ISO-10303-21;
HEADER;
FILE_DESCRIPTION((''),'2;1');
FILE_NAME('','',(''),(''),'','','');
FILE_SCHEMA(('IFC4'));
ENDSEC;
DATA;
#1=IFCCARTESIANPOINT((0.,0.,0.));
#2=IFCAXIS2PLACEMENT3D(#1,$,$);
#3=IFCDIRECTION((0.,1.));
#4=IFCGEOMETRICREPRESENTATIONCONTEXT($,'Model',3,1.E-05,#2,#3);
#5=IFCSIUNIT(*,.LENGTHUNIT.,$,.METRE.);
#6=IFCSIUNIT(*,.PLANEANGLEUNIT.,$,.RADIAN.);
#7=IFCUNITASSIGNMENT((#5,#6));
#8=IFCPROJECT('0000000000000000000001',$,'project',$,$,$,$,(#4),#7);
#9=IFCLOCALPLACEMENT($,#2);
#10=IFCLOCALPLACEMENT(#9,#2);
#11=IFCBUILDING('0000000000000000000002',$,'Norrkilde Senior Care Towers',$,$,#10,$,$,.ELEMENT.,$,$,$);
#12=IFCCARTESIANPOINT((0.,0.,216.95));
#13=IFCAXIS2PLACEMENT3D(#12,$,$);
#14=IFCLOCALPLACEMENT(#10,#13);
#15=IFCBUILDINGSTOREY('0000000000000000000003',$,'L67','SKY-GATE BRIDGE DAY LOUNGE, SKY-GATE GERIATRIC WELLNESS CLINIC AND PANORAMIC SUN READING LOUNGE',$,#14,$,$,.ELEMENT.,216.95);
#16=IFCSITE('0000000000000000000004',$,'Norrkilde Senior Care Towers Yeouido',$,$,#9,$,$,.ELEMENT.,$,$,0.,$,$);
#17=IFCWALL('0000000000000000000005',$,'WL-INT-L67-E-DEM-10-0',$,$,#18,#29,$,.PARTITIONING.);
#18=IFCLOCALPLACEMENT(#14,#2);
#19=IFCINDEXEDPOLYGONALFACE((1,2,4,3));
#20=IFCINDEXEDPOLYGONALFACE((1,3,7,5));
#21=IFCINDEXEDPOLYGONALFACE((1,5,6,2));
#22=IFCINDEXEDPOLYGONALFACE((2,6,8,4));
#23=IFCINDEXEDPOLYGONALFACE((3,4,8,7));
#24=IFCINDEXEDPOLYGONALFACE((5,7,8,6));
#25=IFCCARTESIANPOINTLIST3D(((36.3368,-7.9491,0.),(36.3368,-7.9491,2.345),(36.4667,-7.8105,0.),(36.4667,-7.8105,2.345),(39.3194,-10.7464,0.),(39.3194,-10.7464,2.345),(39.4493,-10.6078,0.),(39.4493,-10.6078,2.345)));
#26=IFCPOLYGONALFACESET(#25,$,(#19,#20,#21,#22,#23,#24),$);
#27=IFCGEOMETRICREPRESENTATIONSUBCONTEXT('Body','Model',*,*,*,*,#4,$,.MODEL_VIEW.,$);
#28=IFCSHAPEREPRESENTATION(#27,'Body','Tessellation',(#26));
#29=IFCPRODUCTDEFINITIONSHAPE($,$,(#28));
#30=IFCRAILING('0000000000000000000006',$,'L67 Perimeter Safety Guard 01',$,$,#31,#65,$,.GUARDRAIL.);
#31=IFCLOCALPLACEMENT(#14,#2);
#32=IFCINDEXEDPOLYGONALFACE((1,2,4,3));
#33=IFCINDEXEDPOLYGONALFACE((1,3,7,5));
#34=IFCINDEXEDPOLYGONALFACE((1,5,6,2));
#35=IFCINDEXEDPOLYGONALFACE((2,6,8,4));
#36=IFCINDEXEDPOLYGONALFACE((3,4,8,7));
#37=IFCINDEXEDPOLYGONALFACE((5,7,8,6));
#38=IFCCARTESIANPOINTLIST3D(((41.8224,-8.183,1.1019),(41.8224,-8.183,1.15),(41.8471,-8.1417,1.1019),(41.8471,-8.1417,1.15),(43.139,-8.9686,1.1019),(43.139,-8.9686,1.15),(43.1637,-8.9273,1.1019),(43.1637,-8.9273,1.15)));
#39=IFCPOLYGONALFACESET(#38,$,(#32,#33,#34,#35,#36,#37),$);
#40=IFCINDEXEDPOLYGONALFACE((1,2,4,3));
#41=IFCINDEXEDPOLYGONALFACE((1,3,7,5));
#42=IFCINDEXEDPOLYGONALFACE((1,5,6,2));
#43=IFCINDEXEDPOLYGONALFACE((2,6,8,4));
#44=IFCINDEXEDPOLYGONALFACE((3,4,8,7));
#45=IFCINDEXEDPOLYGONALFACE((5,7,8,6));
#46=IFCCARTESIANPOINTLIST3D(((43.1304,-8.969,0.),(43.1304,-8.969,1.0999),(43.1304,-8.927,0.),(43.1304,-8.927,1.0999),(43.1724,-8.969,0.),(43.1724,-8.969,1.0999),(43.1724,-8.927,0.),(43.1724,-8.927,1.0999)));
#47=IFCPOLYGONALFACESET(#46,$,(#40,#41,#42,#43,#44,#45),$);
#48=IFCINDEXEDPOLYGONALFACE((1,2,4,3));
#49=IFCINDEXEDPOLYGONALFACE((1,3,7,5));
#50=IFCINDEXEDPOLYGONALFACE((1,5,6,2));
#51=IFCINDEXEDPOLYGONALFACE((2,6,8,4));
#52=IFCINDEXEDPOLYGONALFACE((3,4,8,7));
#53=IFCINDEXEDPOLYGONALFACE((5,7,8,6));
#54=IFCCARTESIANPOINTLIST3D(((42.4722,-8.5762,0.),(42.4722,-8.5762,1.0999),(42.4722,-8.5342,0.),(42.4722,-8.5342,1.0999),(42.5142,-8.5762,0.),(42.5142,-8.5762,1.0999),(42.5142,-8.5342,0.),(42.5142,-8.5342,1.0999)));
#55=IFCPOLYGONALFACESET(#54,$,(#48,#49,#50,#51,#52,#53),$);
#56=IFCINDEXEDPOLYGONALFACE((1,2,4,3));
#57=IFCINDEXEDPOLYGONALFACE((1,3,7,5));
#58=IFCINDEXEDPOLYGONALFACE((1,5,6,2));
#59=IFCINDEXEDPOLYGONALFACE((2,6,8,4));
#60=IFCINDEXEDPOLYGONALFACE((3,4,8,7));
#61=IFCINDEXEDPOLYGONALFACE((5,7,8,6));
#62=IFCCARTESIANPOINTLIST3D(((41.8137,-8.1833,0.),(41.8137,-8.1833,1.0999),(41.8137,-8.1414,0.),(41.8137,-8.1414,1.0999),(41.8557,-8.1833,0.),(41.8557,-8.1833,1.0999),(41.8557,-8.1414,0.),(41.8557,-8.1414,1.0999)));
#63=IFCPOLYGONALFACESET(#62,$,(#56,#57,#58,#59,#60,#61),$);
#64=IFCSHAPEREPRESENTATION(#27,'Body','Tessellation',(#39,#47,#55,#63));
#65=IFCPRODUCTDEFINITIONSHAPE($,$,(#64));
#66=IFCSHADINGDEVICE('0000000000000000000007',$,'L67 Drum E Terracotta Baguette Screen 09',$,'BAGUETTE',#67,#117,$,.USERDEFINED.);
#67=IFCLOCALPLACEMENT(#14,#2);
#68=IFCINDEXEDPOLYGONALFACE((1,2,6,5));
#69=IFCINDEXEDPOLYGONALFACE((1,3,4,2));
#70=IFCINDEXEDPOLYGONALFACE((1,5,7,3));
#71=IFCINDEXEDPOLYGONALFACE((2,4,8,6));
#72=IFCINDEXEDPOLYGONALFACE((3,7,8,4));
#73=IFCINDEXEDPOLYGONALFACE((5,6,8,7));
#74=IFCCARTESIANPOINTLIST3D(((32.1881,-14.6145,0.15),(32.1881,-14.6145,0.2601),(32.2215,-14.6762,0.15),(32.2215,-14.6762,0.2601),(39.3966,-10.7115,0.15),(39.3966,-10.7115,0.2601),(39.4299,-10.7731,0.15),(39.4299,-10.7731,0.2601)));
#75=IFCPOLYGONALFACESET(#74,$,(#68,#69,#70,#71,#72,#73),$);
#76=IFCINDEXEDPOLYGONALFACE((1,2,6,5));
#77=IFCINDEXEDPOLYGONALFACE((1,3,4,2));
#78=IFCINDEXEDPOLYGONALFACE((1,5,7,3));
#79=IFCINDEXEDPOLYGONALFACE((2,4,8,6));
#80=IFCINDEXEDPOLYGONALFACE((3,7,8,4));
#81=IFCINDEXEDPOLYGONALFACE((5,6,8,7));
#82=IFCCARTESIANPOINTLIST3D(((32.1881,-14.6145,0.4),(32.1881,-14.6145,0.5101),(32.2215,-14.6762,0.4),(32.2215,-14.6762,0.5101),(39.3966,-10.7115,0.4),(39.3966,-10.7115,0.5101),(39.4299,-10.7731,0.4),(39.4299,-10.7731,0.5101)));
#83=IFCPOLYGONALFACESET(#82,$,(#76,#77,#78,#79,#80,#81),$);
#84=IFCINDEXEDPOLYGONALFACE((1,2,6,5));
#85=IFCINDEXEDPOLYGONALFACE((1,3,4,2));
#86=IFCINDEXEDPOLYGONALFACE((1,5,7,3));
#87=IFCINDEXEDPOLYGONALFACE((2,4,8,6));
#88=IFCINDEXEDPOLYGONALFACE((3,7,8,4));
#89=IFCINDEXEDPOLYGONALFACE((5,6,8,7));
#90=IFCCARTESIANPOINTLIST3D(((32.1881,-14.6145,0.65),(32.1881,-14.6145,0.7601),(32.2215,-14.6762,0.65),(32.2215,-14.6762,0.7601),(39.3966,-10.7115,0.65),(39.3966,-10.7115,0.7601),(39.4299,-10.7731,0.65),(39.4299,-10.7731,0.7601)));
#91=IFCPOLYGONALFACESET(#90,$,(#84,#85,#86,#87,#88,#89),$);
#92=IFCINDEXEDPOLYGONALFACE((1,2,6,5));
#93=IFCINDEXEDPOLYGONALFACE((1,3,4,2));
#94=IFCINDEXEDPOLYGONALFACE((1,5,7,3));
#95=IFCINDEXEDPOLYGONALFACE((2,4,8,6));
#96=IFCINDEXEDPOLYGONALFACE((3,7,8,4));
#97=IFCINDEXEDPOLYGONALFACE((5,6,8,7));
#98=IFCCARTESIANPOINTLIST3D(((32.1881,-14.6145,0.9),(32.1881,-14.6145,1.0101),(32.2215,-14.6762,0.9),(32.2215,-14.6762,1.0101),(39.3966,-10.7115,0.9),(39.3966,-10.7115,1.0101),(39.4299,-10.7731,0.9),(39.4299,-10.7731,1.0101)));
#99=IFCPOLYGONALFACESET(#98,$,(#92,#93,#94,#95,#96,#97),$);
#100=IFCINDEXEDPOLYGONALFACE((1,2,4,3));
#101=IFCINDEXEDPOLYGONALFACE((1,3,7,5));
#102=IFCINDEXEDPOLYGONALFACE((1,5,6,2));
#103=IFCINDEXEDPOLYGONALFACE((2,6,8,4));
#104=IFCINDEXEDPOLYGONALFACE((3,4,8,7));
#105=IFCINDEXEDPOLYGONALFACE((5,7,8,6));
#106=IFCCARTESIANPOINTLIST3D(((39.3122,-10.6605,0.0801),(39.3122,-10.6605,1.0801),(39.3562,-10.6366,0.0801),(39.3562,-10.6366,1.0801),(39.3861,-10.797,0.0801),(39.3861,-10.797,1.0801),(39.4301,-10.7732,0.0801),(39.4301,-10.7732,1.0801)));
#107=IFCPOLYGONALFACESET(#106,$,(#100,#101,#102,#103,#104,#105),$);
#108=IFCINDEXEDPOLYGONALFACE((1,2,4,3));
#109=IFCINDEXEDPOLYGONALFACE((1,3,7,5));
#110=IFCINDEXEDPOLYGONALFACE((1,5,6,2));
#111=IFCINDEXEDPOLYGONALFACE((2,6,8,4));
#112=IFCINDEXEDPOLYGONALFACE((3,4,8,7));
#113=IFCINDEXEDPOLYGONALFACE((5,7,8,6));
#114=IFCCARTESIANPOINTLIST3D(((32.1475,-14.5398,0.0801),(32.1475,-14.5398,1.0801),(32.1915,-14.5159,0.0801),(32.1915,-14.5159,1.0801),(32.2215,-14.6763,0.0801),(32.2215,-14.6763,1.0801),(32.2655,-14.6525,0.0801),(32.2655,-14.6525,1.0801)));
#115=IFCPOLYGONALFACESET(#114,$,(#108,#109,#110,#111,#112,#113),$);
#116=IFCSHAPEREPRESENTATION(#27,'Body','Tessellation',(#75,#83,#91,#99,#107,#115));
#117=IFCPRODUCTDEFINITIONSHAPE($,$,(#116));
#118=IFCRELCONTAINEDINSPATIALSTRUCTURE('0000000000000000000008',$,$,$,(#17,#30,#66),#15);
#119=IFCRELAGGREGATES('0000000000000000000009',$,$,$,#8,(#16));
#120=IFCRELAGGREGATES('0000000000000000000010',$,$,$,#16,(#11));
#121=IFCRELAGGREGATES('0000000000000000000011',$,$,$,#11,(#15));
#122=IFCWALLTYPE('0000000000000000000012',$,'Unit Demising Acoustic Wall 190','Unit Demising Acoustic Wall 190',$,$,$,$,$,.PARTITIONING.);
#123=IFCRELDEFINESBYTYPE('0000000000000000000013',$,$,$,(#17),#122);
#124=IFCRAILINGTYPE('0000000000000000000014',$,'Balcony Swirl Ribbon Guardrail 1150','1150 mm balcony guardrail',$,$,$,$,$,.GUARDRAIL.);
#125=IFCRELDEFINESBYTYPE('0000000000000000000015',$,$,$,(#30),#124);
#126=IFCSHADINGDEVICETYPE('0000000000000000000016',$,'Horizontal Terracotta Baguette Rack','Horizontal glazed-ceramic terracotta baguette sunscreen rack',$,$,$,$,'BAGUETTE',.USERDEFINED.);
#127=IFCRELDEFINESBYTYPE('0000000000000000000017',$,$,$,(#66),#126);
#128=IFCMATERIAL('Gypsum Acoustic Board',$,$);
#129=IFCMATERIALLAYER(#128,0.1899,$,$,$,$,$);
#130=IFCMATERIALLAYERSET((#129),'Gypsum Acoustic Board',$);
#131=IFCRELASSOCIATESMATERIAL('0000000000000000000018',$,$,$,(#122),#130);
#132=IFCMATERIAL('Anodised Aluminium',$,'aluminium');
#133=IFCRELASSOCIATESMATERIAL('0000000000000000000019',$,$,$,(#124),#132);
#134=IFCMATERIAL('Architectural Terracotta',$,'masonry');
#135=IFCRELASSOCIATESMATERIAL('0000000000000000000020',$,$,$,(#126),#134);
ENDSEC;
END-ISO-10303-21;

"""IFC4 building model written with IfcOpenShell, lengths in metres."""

from ifc_helpers import new_model, si_unit, direction, frame, frame_2d, origin, origin_2d, place, context, subcontext, project, spatial, rectangle, extrude, source, transform, mapped, material, layer, layer_set, type_object, type_shapes, element, save


model = new_model("IFC4")

# Units and contexts
model_context = context("Model", 3, precision=1e-05, world=origin(), true_north=direction((0.0, 1.0)))
body_context = subcontext(model_context, "Body", "Model", "MODEL_VIEW")
ifc_project = project(units=[si_unit("LENGTHUNIT", "METRE"), si_unit("PLANEANGLEUNIT", "RADIAN")], contexts=[model_context])

# Site, building, storey
site_placement = place(None, origin())
site = spatial("IfcSite", under=ifc_project, at=site_placement, Name="Norrkilde Senior Care Towers Yeouido", CompositionType="ELEMENT", RefElevation=0.0)
building_placement = place(site_placement, origin())
building = spatial("IfcBuilding", under=site, at=building_placement, Name="Norrkilde Senior Care Towers", CompositionType="ELEMENT")
storey_placement = place(building_placement, frame((0.0, 0.0, 216.95)))
storey = spatial("IfcBuildingStorey", under=building, at=storey_placement, Name="L67", Description="SKY-GATE BRIDGE DAY LOUNGE, SKY-GATE GERIATRIC WELLNESS CLINIC AND PANORAMIC SUN READING LOUNGE", CompositionType="ELEMENT", Elevation=216.95)

# Shared definitions
ifc_material_1 = material(Name="Anodised Aluminium", Category="aluminium")

# Shared definitions
ifc_material_2 = material(Name="Gypsum Acoustic Board")

# Wall
ifc_layer_1 = layer(ifc_material_2, 0.1899)
ifc_layer_set_1 = layer_set([ifc_layer_1], Name="Gypsum Acoustic Board")
wall_type_1 = type_object("IfcWallType", Name="Unit Demising Acoustic Wall 190", Description="Unit Demising Acoustic Wall 190", PredefinedType="PARTITIONING", material=ifc_layer_set_1)
shared_shape_1 = source(origin(), body_context, "Body", "SweptSolid", [
    extrude(rectangle(XDim=4.0891, YDim=0.1899, at=frame_2d((2.0444, 0.0))), origin(), (0.0, 0.0, 1.0), 2.345),
])
type_shapes(wall_type_1, [shared_shape_1])
wall_1_placement = place(storey_placement, frame((36.4019, -7.8799, 0.0), z_axis=(0.0, 0.0, 1.0), x_axis=(0.729401, -0.684086, 0.0)))
element("IfcWall", 1, at=wall_1_placement, inside=storey, type_object=wall_type_1, Name="WL-INT-L67-E-DEM-10-0", PredefinedType="PARTITIONING", context=body_context, shape_type="MappedRepresentation", body=[
    mapped(shared_shape_1, transform((0.0, 0.0, 0.0), x_axis=(1.0, 0.0, 0.0), y_axis=(0.0, 1.0, 0.0), z_axis=(0.0, 0.0, 1.0), scale=1.0)),
])

# Railing
railing_type = type_object("IfcRailingType", Name="Balcony Swirl Ribbon Guardrail 1150", Description="1150 mm balcony guardrail", PredefinedType="GUARDRAIL", material=ifc_material_1)
railing_placement = place(storey_placement, frame((43.1514, -8.948, 0.0)))
element("IfcRailing", 2, at=railing_placement, inside=storey, type_object=railing_type, Name="L67 Perimeter Safety Guard 01", PredefinedType="GUARDRAIL", context=body_context, shape_type="SweptSolid", body=[
    extrude(rectangle(XDim=0.0481, YDim=0.0481, at=origin_2d()), frame((0.0, 0.0, 1.126), z_axis=(-0.858741, 0.51241, 0.0), x_axis=(-0.51241, -0.858741, 0.0)), (0.0, 0.0, 1.0), 1.5332),
    extrude(rectangle(XDim=0.042, YDim=0.042, at=origin_2d()), origin(), (0.0, 0.0, 1.0), 1.0999),
    extrude(rectangle(XDim=0.042, YDim=0.042, at=origin_2d()), frame((-0.6582, 0.3928, 0.0)), (0.0, 0.0, 1.0), 1.0999),
    extrude(rectangle(XDim=0.042, YDim=0.042, at=origin_2d()), frame((-1.3167, 0.7856, 0.0)), (0.0, 0.0, 1.0), 1.0999),
])

# Shading device
ifc_material_3 = material(Name="Architectural Terracotta", Category="masonry")
shading_device_type = type_object("IfcShadingDeviceType", Name="Horizontal Terracotta Baguette Rack", Description="Horizontal glazed-ceramic terracotta baguette sunscreen rack", ElementType="BAGUETTE", PredefinedType="USERDEFINED", material=ifc_material_3)
shared_shape_2 = source(origin(), body_context, "Body", "SweptSolid", [
    extrude(rectangle(XDim=0.0701, YDim=0.1101, at=origin_2d()), frame((0.0, 0.0901, 0.125), z_axis=(1.0, 0.0, 0.0), x_axis=(0.0, 1.0, 0.0)), (0.0, 0.0, 1.0), 8.1973),
    extrude(rectangle(XDim=0.0701, YDim=0.1101, at=origin_2d()), frame((0.0, 0.0901, 0.375), z_axis=(1.0, 0.0, 0.0), x_axis=(0.0, 1.0, 0.0)), (0.0, 0.0, 1.0), 8.1973),
    extrude(rectangle(XDim=0.0701, YDim=0.1101, at=origin_2d()), frame((0.0, 0.0901, 0.625), z_axis=(1.0, 0.0, 0.0), x_axis=(0.0, 1.0, 0.0)), (0.0, 0.0, 1.0), 8.1973),
    extrude(rectangle(XDim=0.0701, YDim=0.1101, at=origin_2d()), frame((0.0, 0.0901, 0.875), z_axis=(1.0, 0.0, 0.0), x_axis=(0.0, 1.0, 0.0)), (0.0, 0.0, 1.0), 8.1973),
    extrude(rectangle(XDim=0.05, YDim=0.1553, at=origin_2d()), frame((0.0249, 0.0476, 0.0)), (0.0, 0.0, 1.0), 1.0),
    extrude(rectangle(XDim=0.05, YDim=0.1553, at=origin_2d()), frame((8.1724, 0.0476, 0.0)), (0.0, 0.0, 1.0), 1.0),
])
type_shapes(shading_device_type, [shared_shape_2])
shading_device_placement = place(storey_placement, frame((39.3704, -10.6631, 0.0801), z_axis=(0.0, 0.0, 1.0), x_axis=(-0.879378, -0.476144, 0.0)))
element("IfcShadingDevice", 3, at=shading_device_placement, inside=storey, type_object=shading_device_type, Name="L67 Drum E Terracotta Baguette Screen 09", ObjectType="BAGUETTE", PredefinedType="USERDEFINED", context=body_context, shape_type="MappedRepresentation", body=[
    mapped(shared_shape_2, transform((0.0, 0.0, 0.0), x_axis=(1.0, 0.0, 0.0), y_axis=(0.0, 1.0, 0.0), z_axis=(0.0, 0.0, 1.0), scale=1.0)),
])

save(model, "model.ifc")
